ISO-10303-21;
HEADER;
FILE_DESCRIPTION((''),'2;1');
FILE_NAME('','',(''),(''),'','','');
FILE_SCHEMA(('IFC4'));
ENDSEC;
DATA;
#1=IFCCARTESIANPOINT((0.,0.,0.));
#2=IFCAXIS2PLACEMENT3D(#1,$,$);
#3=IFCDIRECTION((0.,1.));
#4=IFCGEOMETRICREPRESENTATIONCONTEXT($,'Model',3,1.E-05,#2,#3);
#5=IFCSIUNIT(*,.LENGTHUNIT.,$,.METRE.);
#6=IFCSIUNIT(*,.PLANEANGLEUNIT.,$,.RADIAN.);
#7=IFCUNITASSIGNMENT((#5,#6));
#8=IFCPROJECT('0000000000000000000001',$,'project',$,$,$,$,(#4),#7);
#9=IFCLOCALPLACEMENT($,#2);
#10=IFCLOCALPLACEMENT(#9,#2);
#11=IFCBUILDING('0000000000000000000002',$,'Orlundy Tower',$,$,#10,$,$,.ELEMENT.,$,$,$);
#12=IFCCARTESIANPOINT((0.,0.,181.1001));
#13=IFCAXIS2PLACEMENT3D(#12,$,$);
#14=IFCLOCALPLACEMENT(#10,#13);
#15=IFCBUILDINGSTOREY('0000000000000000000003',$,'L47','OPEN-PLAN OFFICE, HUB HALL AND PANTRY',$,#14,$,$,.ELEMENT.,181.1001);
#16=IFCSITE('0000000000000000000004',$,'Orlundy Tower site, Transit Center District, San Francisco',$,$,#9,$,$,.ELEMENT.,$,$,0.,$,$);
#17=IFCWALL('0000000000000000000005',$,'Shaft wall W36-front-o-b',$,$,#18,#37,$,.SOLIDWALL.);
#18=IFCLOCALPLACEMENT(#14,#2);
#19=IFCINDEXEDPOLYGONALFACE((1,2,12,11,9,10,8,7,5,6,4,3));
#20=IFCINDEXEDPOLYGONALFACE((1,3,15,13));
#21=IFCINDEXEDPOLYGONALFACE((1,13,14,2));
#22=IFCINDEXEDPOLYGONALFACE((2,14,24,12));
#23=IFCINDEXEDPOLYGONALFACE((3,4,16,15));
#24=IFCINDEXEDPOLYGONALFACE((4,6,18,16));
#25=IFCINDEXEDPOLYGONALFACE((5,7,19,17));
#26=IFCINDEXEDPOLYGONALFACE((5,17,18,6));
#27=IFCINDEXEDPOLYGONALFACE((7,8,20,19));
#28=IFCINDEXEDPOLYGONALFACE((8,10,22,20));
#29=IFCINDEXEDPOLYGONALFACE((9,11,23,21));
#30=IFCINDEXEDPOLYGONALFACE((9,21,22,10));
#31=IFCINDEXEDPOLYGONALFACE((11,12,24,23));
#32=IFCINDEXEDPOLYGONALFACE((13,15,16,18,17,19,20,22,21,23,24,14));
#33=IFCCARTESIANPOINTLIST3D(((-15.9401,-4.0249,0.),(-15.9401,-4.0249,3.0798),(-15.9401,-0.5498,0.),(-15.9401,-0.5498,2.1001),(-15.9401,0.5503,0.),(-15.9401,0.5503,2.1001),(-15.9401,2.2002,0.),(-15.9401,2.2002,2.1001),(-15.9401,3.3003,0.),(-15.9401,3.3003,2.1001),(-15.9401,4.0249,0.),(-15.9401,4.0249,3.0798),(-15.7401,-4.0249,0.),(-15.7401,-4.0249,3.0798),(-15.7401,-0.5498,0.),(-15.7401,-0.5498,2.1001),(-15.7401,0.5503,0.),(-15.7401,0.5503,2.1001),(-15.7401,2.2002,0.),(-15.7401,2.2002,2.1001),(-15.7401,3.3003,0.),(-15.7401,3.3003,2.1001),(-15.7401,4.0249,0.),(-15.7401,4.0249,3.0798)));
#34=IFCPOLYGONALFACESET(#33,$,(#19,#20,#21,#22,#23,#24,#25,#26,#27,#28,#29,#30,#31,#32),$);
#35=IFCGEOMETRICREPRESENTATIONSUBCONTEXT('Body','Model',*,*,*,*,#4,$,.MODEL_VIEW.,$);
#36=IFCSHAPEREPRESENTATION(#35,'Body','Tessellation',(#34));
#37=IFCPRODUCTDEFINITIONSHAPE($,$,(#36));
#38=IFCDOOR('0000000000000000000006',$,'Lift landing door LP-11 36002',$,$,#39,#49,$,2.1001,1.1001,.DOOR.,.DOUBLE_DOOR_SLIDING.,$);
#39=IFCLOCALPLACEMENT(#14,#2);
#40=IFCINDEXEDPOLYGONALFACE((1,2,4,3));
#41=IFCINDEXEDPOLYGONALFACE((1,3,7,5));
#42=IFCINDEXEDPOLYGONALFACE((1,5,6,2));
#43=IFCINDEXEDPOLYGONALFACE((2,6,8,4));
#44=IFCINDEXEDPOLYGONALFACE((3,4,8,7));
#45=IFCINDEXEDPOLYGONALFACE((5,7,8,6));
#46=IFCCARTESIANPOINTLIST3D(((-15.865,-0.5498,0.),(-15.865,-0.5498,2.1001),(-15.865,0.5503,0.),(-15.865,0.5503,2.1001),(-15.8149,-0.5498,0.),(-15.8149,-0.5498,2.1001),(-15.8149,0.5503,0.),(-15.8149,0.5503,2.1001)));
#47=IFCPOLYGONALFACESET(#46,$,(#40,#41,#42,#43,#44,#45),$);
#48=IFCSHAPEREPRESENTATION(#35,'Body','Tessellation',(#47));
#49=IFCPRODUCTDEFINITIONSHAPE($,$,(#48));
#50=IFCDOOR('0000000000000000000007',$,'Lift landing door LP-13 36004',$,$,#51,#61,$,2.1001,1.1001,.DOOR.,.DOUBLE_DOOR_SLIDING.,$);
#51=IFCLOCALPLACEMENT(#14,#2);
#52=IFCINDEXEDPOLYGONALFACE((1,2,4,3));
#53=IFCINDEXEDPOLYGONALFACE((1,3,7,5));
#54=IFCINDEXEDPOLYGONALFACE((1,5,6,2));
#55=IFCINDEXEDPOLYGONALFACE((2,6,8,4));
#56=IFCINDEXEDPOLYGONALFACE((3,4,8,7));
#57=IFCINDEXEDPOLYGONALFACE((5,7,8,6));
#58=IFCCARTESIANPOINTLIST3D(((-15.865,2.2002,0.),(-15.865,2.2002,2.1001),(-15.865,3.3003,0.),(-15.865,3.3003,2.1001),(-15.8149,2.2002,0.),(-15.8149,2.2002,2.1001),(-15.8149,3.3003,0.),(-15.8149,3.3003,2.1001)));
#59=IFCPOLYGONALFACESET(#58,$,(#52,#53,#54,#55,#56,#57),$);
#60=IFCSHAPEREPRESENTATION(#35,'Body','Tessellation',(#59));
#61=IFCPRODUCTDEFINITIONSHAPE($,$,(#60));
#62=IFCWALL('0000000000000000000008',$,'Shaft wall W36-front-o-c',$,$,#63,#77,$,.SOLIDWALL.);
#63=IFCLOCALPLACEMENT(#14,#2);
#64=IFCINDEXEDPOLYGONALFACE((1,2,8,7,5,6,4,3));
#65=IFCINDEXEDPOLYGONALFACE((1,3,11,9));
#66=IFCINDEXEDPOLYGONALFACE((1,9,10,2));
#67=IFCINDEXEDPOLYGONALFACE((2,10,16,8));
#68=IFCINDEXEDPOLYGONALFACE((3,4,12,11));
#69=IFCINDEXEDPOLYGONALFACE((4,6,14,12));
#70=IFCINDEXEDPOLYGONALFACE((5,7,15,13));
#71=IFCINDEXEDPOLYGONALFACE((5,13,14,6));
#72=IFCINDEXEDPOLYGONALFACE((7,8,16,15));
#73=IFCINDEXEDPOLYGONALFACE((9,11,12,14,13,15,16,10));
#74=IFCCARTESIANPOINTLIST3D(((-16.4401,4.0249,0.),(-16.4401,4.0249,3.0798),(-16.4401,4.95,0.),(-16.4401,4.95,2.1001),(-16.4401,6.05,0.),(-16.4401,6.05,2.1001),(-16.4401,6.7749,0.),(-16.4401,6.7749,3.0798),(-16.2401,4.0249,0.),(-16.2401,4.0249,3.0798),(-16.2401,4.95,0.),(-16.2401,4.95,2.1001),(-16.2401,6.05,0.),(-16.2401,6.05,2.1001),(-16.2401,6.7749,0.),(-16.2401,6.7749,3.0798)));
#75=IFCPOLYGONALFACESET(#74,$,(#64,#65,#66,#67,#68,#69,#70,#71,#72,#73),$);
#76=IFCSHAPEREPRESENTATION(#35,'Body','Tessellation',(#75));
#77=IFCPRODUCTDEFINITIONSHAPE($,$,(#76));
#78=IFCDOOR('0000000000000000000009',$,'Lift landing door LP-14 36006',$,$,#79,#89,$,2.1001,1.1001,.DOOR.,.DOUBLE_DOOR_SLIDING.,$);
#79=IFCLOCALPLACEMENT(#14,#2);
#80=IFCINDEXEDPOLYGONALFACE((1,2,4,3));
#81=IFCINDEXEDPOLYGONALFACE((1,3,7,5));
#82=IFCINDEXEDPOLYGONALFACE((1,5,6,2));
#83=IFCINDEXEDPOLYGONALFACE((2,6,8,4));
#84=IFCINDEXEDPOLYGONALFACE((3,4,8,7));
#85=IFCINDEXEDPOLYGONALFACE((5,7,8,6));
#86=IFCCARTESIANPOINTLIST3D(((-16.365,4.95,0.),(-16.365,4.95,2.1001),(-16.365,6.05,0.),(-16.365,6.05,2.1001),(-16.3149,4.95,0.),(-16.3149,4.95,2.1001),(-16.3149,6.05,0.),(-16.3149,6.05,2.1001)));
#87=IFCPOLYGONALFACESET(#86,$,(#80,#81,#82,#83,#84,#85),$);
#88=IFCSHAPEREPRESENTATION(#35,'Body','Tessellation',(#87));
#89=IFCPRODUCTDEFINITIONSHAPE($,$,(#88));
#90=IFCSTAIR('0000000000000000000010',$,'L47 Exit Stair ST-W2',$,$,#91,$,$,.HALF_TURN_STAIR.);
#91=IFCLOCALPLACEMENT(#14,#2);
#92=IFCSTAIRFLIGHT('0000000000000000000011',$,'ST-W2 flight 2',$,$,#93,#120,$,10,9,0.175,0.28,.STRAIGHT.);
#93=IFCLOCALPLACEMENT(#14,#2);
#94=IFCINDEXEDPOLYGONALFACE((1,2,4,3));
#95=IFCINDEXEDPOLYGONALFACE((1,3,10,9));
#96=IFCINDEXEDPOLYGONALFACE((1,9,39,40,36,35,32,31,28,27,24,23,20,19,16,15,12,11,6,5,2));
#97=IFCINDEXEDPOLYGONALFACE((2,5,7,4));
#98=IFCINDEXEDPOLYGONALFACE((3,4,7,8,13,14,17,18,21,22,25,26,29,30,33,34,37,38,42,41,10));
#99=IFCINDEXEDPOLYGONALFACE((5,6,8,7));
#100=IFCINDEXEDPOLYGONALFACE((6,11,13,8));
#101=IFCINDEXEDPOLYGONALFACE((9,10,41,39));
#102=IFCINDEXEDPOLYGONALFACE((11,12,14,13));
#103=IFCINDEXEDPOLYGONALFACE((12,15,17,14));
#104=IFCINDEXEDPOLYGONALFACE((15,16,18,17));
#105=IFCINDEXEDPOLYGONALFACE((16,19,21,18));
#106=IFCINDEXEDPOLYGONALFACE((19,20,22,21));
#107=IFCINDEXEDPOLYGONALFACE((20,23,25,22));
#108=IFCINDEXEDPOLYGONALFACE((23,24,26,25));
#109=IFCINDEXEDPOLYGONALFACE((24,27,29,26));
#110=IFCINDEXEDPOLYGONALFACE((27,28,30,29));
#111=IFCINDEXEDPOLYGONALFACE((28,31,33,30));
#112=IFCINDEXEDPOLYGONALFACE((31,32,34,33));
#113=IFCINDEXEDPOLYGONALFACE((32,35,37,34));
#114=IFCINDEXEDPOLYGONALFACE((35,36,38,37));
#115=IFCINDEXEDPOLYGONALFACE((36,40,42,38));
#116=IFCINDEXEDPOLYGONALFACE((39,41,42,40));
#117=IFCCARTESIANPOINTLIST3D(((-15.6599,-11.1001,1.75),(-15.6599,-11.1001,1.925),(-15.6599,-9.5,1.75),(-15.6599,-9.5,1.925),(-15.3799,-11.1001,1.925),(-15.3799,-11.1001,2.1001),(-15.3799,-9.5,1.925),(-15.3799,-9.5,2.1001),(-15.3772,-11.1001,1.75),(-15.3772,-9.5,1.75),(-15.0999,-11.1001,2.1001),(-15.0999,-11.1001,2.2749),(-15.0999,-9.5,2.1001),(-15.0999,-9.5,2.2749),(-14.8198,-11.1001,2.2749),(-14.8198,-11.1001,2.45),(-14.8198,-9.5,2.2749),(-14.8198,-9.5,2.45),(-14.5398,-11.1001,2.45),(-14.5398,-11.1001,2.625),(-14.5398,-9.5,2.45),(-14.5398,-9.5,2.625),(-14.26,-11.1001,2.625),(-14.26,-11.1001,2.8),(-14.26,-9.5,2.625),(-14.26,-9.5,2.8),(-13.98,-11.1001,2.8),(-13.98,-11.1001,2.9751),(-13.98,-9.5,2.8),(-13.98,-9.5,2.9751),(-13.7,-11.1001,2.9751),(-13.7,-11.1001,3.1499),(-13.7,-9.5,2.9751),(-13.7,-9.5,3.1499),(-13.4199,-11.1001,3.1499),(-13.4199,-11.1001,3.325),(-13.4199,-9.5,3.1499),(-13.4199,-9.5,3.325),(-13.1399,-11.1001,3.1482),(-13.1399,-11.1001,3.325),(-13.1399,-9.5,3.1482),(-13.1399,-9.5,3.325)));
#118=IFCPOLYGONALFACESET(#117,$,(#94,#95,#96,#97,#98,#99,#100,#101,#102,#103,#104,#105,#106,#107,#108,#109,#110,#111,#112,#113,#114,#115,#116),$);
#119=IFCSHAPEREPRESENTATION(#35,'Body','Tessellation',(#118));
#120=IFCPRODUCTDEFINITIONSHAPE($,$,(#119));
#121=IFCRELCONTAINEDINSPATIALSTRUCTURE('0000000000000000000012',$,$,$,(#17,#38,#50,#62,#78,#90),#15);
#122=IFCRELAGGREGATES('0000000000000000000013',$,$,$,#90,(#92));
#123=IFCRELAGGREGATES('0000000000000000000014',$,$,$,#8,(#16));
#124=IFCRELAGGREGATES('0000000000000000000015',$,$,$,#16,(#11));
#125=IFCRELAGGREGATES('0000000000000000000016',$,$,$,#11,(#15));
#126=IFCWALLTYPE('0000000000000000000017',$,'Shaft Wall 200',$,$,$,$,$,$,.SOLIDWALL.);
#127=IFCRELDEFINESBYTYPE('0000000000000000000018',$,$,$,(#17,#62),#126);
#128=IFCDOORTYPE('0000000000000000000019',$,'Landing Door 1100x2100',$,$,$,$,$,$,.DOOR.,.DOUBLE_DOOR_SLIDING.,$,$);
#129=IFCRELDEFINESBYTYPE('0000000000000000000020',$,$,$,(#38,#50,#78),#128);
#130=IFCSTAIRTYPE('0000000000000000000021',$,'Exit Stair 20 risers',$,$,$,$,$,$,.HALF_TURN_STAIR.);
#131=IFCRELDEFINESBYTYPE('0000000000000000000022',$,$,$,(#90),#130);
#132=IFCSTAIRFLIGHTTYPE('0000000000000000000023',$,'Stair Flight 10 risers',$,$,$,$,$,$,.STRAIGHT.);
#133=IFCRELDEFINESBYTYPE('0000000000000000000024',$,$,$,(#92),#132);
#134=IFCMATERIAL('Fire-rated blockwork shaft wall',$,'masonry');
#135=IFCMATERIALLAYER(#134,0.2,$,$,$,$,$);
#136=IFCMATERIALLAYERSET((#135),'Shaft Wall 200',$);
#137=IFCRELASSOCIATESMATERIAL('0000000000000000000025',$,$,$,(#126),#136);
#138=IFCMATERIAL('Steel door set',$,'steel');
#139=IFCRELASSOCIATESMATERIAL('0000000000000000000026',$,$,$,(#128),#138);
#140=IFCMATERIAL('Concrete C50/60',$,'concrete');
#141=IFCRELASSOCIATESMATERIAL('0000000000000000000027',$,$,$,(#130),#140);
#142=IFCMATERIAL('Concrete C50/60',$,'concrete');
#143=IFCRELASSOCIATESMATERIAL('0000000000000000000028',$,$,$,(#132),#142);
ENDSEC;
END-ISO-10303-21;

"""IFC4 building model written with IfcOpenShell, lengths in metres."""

from ifc_helpers import new_model, si_unit, direction, frame, frame_2d, origin, place, context, subcontext, project, spatial, polyline, rectangle, outline, extrude, material, layer, layer_set, type_object, element, fill, aggregate, save


model = new_model("IFC4")

# Units and contexts
model_context = context("Model", 3, precision=1e-05, world=origin(), true_north=direction((0.0, 1.0)))
body_context = subcontext(model_context, "Body", "Model", "MODEL_VIEW")
ifc_project = project(units=[si_unit("LENGTHUNIT", "METRE"), si_unit("PLANEANGLEUNIT", "RADIAN")], contexts=[model_context])

# Site, building, storey
site_placement = place(None, origin())
site = spatial("IfcSite", under=ifc_project, at=site_placement, Name="Orlundy Tower site, Transit Center District, San Francisco", CompositionType="ELEMENT", RefElevation=0.0)
building_placement = place(site_placement, origin())
building = spatial("IfcBuilding", under=site, at=building_placement, Name="Orlundy Tower", CompositionType="ELEMENT")
storey_placement = place(building_placement, frame((0.0, 0.0, 181.1001)))
storey = spatial("IfcBuildingStorey", under=building, at=storey_placement, Name="L47", Description="OPEN-PLAN OFFICE, HUB HALL AND PANTRY", CompositionType="ELEMENT", Elevation=181.1001)

# Shared definitions
ifc_material_1 = material(Name="Fire-rated blockwork shaft wall", Category="masonry")
ifc_layer_1 = layer(ifc_material_1, 0.2)
ifc_layer_set_1 = layer_set([ifc_layer_1], Name="Shaft Wall 200")
wall_type_1 = type_object("IfcWallType", Name="Shaft Wall 200", PredefinedType="SOLIDWALL", material=ifc_layer_set_1)

# Shared definitions
ifc_material_2 = material(Name="Steel door set", Category="steel")
door_type_1 = type_object("IfcDoorType", Name="Landing Door 1100x2100", OperationType="DOUBLE_DOOR_SLIDING", PredefinedType="DOOR", material=ifc_material_2)

# Wall, openings, doors
wall_1_placement = place(storey_placement, frame((-15.8401, -4.0249, 0.0), z_axis=(0.0, 0.0, 1.0), x_axis=(0.0, 1.0, 0.0)))
wall_1 = element("IfcWall", 1, at=wall_1_placement, inside=storey, type_object=wall_type_1, Name="Shaft wall W36-front-o-b", PredefinedType="SOLIDWALL", context=body_context, shape_type="SweptSolid", body=[
    extrude(rectangle(XDim=8.0498, YDim=0.2, at=frame_2d((4.0249, 0.0))), origin(), (0.0, 0.0, 1.0), 3.0798),
])
opening_1_placement = place(wall_1_placement, frame((3.4751, 0.0, 0.0)))
opening_1 = element("IfcOpeningElement", 2, at=opening_1_placement, cuts=wall_1, PredefinedType="OPENING", context=body_context, shape_type="SweptSolid", body=[
    extrude(rectangle(XDim=1.1001, YDim=2.1001, at=frame_2d((0.55, 1.05))), frame((0.0, 0.1101, 0.0), z_axis=(0.0, -1.0, 0.0), x_axis=(1.0, 0.0, 0.0)), (0.0, 0.0, 1.0), 0.2202),
])
opening_2_placement = place(wall_1_placement, frame((6.2251, 0.0, 0.0)))
opening_2 = element("IfcOpeningElement", 3, at=opening_2_placement, cuts=wall_1, PredefinedType="OPENING", context=body_context, shape_type="SweptSolid", body=[
    extrude(rectangle(XDim=1.1001, YDim=2.1001, at=frame_2d((0.55, 1.05))), frame((0.0, 0.1101, 0.0), z_axis=(0.0, -1.0, 0.0), x_axis=(1.0, 0.0, 0.0)), (0.0, 0.0, 1.0), 0.2202),
])
door_1_placement = place(opening_1_placement, origin())
door_1 = element("IfcDoor", 4, at=door_1_placement, inside=storey, type_object=door_type_1, Name="Lift landing door LP-11 36002", OperationType="DOUBLE_DOOR_SLIDING", OverallHeight=2.1001, OverallWidth=1.1001, PredefinedType="DOOR", context=body_context, shape_type="SweptSolid", body=[
    extrude(rectangle(XDim=1.1001, YDim=2.1001, at=frame_2d((0.55, 1.05))), frame((0.0, 0.0249, 0.0), z_axis=(0.0, -1.0, 0.0), x_axis=(1.0, 0.0, 0.0)), (0.0, 0.0, 1.0), 0.05),
])
fill(opening_1, door_1)
door_2_placement = place(opening_2_placement, origin())
door_2 = element("IfcDoor", 5, at=door_2_placement, inside=storey, type_object=door_type_1, Name="Lift landing door LP-13 36004", OperationType="DOUBLE_DOOR_SLIDING", OverallHeight=2.1001, OverallWidth=1.1001, PredefinedType="DOOR", context=body_context, shape_type="SweptSolid", body=[
    extrude(rectangle(XDim=1.1001, YDim=2.1001, at=frame_2d((0.55, 1.05))), frame((0.0, 0.0249, 0.0), z_axis=(0.0, -1.0, 0.0), x_axis=(1.0, 0.0, 0.0)), (0.0, 0.0, 1.0), 0.05),
])
fill(opening_2, door_2)

# Wall, opening, door
wall_2_placement = place(storey_placement, frame((-16.3401, 4.0249, 0.0), z_axis=(0.0, 0.0, 1.0), x_axis=(0.0, 1.0, 0.0)))
wall_2 = element("IfcWall", 6, at=wall_2_placement, inside=storey, type_object=wall_type_1, Name="Shaft wall W36-front-o-c", PredefinedType="SOLIDWALL", context=body_context, shape_type="SweptSolid", body=[
    extrude(rectangle(XDim=2.75, YDim=0.2, at=frame_2d((1.375, 0.0))), origin(), (0.0, 0.0, 1.0), 3.0798),
])
opening_3_placement = place(wall_2_placement, frame((0.925, 0.0, 0.0)))
opening_3 = element("IfcOpeningElement", 7, at=opening_3_placement, cuts=wall_2, PredefinedType="OPENING", context=body_context, shape_type="SweptSolid", body=[
    extrude(rectangle(XDim=1.1001, YDim=2.1001, at=frame_2d((0.55, 1.05))), frame((0.0, 0.1101, 0.0), z_axis=(0.0, -1.0, 0.0), x_axis=(1.0, 0.0, 0.0)), (0.0, 0.0, 1.0), 0.2202),
])
door_3_placement = place(opening_3_placement, origin())
door_3 = element("IfcDoor", 8, at=door_3_placement, inside=storey, type_object=door_type_1, Name="Lift landing door LP-14 36006", OperationType="DOUBLE_DOOR_SLIDING", OverallHeight=2.1001, OverallWidth=1.1001, PredefinedType="DOOR", context=body_context, shape_type="SweptSolid", body=[
    extrude(rectangle(XDim=1.1001, YDim=2.1001, at=frame_2d((0.55, 1.05))), frame((0.0, 0.0249, 0.0), z_axis=(0.0, -1.0, 0.0), x_axis=(1.0, 0.0, 0.0)), (0.0, 0.0, 1.0), 0.05),
])
fill(opening_3, door_3)

# Stair, stair flight
ifc_material_3 = material(Name="Concrete C50/60", Category="concrete")
stair_type = type_object("IfcStairType", Name="Exit Stair 20 risers", PredefinedType="HALF_TURN_STAIR", material=ifc_material_3)
stair_placement = place(storey_placement, origin())
stair = element("IfcStair", 9, at=stair_placement, inside=storey, type_object=stair_type, Name="L47 Exit Stair ST-W2", PredefinedType="HALF_TURN_STAIR")
ifc_material_4 = material(Name="Concrete C50/60", Category="concrete")
stair_flight_type = type_object("IfcStairFlightType", Name="Stair Flight 10 risers", PredefinedType="STRAIGHT", material=ifc_material_4)
stair_flight_placement = place(storey_placement, frame((-15.6599, -10.3, 1.75), z_axis=(0.0, 0.0, 1.0), x_axis=(1.0, 0.0, 0.0)))
stair_flight = element("IfcStairFlight", 10, at=stair_flight_placement, type_object=stair_flight_type, Name="ST-W2 flight 2", NumberOfRisers=10, NumberOfTreads=9, PredefinedType="STRAIGHT", RiserHeight=0.175, TreadLength=0.28, context=body_context, shape_type="SweptSolid", body=[
    extrude(outline(polyline([(0.0, 0.0), (0.0, 0.175), (0.28, 0.175), (0.28, 0.3501), (0.5601, 0.3501), (0.5601, 0.5249), (0.8401, 0.5249), (0.8401, 0.7), (1.1201, 0.7), (1.1201, 0.875), (1.3999, 0.875), (1.3999, 1.05), (1.6799, 1.05), (1.6799, 1.2251), (1.96, 1.2251), (1.96, 1.3999), (2.24, 1.3999), (2.24, 1.575), (2.52, 1.575), (2.52, 1.75), (2.52, 1.3982), (0.2827, 0.0), (0.0, 0.0)])), frame((0.0, 0.8, 0.0), z_axis=(0.0, -1.0, 0.0), x_axis=(1.0, 0.0, 0.0)), (0.0, 0.0, 1.0), 1.6001),
])
aggregate(stair, [stair_flight])

save(model, "model.ifc")
